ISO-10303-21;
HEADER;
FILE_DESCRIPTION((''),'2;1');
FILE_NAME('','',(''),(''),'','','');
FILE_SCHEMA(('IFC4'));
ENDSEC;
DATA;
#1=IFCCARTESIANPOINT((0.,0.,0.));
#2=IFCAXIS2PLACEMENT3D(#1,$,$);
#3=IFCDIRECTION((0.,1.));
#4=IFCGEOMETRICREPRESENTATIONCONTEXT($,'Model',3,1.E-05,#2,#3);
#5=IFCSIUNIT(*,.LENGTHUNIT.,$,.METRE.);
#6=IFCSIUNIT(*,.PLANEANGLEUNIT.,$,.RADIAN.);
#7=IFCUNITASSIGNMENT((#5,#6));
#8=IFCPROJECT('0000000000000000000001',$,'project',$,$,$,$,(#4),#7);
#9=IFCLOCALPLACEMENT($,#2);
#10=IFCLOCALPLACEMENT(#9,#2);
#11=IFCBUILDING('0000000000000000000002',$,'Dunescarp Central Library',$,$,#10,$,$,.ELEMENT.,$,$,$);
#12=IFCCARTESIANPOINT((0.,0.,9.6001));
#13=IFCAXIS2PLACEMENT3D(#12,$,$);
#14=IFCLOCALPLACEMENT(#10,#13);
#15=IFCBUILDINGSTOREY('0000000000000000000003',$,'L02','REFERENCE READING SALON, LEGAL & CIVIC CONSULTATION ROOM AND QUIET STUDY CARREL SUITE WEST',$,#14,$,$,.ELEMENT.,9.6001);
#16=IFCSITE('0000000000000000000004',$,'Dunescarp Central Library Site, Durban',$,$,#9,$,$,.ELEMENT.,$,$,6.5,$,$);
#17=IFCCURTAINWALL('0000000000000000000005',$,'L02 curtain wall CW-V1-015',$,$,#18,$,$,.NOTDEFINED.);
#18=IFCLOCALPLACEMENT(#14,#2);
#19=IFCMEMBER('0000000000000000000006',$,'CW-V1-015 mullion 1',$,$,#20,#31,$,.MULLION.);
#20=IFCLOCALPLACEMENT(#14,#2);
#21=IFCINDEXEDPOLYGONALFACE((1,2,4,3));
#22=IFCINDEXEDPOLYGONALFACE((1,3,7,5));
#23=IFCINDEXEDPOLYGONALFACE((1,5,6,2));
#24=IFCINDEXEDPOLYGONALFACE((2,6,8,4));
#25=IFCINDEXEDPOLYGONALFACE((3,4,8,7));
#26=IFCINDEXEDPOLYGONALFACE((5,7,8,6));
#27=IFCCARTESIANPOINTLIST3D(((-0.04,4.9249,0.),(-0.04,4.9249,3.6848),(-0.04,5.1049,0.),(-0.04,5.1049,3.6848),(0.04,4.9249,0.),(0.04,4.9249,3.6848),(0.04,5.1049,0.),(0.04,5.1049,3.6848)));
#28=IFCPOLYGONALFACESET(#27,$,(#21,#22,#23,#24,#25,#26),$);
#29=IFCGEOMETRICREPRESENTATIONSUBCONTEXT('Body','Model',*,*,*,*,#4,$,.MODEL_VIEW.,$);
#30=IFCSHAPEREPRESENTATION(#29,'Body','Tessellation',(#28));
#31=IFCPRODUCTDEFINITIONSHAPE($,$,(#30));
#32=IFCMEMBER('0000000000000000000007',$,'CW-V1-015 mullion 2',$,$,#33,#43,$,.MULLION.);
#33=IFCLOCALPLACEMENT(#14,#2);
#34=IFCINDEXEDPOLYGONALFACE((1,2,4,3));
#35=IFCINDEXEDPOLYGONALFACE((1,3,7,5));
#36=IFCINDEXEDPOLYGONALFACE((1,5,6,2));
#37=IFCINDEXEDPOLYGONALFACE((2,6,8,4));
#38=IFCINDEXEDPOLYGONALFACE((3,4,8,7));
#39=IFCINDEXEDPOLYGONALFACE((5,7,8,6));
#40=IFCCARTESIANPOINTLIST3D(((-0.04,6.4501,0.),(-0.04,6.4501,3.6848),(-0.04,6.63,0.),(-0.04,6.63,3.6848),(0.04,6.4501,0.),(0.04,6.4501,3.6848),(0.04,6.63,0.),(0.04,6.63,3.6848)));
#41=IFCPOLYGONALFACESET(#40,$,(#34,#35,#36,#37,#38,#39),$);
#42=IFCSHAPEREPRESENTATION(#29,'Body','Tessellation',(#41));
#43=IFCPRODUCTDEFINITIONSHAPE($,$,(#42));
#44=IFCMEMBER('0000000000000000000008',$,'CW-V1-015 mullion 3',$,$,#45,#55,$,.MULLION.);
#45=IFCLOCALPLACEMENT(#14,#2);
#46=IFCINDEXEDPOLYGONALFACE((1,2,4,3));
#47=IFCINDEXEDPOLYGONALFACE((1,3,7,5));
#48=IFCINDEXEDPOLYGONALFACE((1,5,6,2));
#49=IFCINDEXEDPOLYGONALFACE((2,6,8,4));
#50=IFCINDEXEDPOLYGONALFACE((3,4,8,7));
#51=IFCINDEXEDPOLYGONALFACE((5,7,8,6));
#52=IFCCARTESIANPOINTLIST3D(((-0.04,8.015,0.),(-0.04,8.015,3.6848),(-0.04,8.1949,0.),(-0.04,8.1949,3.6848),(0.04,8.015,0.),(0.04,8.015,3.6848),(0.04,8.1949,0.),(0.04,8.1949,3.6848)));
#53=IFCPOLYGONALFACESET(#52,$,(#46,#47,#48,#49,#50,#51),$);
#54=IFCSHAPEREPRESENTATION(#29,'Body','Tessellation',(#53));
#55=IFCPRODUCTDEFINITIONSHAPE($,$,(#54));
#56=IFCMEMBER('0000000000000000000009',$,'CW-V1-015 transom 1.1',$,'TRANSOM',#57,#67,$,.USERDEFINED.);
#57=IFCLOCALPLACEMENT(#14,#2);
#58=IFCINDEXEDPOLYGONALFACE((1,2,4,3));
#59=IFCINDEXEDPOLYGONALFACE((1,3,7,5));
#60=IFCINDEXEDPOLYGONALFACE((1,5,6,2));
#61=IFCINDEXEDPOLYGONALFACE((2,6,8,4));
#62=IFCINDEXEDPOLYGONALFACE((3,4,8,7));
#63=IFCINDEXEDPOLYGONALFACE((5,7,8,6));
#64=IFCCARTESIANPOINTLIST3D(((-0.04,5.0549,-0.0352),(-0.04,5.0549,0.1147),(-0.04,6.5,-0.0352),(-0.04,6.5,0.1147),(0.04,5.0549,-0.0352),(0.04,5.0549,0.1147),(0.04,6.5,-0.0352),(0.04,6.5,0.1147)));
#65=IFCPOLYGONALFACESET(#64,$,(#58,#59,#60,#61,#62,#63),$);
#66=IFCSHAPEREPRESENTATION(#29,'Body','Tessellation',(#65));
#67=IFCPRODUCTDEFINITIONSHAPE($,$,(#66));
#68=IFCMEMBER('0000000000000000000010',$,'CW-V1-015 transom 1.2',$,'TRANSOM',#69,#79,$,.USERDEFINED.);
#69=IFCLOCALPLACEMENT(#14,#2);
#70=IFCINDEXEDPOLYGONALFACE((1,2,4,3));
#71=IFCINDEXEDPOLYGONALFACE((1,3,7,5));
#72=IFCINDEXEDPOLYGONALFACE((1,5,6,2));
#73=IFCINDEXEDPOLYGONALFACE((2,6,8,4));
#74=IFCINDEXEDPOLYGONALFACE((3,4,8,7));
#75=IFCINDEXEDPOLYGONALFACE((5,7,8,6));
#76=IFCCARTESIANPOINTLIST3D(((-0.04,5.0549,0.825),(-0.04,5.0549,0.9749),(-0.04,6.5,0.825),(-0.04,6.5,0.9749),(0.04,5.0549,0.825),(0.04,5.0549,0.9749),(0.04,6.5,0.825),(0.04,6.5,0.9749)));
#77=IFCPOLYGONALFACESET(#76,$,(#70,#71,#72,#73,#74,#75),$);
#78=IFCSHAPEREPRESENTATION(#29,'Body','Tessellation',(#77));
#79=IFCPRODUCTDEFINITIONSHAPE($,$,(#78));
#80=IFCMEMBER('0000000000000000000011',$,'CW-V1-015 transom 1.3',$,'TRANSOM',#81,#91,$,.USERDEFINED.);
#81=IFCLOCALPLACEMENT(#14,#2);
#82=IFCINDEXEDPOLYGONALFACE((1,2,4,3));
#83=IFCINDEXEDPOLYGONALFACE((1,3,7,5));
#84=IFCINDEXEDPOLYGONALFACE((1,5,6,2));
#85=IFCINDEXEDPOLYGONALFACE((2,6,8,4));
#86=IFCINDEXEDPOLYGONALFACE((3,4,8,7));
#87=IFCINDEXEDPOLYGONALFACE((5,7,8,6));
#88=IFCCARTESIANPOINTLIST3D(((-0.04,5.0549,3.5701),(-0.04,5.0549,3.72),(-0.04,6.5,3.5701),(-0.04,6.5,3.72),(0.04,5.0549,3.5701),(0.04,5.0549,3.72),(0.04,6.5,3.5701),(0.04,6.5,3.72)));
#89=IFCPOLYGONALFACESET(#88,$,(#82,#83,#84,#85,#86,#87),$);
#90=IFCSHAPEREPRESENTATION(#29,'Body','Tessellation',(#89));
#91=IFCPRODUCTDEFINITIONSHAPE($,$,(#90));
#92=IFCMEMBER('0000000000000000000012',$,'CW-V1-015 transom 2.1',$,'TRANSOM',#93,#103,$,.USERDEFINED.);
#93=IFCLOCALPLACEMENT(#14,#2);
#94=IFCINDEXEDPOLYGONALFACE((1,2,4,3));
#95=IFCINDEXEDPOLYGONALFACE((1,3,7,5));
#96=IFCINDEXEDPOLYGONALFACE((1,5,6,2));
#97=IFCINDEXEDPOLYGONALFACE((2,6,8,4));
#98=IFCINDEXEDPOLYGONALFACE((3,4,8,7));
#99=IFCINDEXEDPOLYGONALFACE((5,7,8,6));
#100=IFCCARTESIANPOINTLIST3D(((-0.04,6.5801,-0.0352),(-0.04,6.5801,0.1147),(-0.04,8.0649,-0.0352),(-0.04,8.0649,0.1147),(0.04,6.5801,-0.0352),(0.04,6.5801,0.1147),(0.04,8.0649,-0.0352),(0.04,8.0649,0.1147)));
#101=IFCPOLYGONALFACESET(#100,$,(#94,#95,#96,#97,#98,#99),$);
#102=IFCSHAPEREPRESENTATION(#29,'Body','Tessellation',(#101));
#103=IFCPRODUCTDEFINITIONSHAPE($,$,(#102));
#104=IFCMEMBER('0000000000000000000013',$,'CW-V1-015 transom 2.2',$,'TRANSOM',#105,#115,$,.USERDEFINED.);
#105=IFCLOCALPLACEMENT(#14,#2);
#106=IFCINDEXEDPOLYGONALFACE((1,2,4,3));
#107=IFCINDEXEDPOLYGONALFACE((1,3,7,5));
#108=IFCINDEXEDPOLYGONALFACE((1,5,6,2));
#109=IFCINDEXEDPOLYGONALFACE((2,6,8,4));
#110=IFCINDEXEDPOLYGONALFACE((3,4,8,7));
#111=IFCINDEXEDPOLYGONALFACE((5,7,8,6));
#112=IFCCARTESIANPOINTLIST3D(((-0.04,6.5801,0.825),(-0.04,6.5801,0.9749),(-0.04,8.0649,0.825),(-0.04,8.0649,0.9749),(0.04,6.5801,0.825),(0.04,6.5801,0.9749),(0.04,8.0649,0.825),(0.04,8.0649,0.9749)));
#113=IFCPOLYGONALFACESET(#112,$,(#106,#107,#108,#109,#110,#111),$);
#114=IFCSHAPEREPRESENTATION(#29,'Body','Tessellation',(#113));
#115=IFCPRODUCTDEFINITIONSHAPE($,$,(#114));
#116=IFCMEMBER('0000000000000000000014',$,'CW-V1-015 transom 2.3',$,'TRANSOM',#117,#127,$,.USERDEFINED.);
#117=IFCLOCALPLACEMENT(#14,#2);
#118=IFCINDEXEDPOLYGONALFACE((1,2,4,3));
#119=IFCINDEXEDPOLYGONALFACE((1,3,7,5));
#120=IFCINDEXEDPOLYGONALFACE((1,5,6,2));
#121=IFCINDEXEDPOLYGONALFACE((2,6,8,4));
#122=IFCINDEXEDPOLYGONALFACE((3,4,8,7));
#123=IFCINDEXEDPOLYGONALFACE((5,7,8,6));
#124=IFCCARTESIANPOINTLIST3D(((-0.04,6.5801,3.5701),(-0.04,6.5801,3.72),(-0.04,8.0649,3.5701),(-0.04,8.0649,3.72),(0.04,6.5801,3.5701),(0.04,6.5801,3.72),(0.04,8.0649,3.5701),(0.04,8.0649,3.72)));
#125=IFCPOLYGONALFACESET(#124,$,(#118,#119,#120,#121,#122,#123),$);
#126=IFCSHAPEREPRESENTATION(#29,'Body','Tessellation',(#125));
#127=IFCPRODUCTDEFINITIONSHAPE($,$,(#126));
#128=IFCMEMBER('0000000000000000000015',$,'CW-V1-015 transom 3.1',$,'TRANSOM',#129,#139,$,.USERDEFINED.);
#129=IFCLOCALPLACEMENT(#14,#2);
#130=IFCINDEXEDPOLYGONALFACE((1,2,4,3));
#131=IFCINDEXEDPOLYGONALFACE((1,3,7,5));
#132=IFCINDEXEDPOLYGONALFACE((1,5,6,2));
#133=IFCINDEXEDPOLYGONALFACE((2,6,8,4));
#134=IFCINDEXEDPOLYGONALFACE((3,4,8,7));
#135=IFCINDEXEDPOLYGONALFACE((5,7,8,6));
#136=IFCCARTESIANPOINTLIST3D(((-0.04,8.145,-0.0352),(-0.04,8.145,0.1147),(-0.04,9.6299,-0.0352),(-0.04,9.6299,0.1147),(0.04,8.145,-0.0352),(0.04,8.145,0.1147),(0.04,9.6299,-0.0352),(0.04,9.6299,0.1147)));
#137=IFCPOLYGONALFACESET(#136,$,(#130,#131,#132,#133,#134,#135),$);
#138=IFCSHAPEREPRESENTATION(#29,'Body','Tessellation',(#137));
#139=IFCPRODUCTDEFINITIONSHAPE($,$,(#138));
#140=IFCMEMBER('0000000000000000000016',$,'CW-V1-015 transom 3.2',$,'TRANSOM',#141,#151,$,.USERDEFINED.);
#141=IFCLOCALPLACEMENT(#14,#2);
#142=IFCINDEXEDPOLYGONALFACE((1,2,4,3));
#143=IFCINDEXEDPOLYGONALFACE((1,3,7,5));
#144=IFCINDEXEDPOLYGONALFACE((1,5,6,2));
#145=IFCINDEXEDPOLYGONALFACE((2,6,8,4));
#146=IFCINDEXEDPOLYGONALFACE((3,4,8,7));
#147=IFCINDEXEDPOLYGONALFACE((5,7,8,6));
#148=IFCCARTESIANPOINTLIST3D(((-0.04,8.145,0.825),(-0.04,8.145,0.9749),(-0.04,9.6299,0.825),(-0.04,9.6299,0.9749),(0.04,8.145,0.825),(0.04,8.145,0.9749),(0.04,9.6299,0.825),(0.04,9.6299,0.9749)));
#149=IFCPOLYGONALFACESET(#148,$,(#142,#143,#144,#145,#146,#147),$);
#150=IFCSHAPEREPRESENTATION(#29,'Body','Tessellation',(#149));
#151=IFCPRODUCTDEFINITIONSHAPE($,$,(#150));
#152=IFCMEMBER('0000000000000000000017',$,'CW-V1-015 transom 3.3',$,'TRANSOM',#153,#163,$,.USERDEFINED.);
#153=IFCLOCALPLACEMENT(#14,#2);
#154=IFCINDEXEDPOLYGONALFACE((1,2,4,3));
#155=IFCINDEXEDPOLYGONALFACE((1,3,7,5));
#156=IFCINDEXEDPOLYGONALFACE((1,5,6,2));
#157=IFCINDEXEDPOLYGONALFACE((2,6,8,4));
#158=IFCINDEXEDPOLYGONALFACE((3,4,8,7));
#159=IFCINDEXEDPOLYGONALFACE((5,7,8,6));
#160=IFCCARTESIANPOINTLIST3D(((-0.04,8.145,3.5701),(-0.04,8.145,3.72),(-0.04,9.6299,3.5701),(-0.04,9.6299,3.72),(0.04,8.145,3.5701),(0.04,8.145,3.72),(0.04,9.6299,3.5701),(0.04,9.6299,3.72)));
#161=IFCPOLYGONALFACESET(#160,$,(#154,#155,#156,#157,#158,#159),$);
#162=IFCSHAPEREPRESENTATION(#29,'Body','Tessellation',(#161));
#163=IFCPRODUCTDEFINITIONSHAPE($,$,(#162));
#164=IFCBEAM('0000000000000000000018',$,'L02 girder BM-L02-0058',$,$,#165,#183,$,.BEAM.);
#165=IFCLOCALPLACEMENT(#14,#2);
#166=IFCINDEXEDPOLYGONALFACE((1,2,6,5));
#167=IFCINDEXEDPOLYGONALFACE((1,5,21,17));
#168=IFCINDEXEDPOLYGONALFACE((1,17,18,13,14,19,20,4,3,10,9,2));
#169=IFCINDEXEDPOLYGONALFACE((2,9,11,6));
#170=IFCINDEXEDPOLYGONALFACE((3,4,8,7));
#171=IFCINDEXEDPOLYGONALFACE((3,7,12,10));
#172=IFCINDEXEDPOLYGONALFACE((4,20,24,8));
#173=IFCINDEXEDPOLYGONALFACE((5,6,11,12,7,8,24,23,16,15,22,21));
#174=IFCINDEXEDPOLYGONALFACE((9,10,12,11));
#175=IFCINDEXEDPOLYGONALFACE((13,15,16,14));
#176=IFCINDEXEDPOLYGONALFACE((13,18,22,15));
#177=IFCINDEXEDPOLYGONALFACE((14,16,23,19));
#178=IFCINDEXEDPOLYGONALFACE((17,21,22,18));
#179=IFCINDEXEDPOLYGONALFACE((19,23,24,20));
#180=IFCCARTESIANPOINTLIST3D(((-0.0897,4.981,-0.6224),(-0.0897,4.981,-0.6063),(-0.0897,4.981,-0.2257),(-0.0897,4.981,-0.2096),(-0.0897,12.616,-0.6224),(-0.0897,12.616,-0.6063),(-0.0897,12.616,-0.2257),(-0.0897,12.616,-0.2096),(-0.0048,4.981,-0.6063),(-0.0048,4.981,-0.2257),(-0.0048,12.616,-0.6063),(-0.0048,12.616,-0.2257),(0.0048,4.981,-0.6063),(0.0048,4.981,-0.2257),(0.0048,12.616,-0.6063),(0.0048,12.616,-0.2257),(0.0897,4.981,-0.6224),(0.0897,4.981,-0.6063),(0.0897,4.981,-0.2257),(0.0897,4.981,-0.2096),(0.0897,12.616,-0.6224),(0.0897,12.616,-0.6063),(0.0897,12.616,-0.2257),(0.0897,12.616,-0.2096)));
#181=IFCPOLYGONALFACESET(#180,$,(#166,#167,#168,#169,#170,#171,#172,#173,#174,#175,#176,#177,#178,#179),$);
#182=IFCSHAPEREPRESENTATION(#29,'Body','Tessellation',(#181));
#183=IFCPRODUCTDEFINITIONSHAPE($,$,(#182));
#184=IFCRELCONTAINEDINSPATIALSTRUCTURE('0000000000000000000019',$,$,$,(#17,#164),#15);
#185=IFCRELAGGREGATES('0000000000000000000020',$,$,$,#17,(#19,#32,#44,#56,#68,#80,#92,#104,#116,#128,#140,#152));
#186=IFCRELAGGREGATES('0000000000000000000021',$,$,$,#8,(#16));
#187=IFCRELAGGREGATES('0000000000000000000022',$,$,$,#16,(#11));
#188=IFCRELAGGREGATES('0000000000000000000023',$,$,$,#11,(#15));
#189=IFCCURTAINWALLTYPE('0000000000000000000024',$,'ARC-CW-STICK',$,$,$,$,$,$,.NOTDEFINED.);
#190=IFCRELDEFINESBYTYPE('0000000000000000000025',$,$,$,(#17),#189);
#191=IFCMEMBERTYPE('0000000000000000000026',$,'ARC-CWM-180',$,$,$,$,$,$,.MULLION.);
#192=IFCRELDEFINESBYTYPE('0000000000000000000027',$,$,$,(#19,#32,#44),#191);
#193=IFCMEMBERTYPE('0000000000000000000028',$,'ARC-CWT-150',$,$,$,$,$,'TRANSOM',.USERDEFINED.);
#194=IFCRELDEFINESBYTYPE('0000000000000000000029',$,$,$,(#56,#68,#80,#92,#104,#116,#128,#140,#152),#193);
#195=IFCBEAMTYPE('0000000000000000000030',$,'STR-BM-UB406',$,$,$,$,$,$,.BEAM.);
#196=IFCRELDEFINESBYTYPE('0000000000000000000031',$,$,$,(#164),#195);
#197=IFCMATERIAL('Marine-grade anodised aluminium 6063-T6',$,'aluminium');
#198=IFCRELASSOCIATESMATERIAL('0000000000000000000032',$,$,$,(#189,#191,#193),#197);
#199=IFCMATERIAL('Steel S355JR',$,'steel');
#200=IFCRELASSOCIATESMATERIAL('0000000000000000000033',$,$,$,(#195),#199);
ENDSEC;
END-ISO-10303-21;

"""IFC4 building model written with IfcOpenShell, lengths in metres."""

from ifc_helpers import new_model, si_unit, direction, frame, origin, origin_2d, place, context, subcontext, project, spatial, rectangle, i_section, extrude, material, material_profile, profile_set, type_object, element, aggregate, save


model = new_model("IFC4")

# Units and contexts
model_context = context("Model", 3, precision=1e-05, world=origin(), true_north=direction((0.0, 1.0)))
body_context = subcontext(model_context, "Body", "Model", "MODEL_VIEW")
ifc_project = project(units=[si_unit("LENGTHUNIT", "METRE"), si_unit("PLANEANGLEUNIT", "RADIAN")], contexts=[model_context])

# Site, building, storey
site_placement = place(None, origin())
site = spatial("IfcSite", under=ifc_project, at=site_placement, Name="Dunescarp Central Library Site, Durban", CompositionType="ELEMENT", RefElevation=6.5)
building_placement = place(site_placement, origin())
building = spatial("IfcBuilding", under=site, at=building_placement, Name="Dunescarp Central Library", CompositionType="ELEMENT")
storey_placement = place(building_placement, frame((0.0, 0.0, 9.6001)))
storey = spatial("IfcBuildingStorey", under=building, at=storey_placement, Name="L02", Description="REFERENCE READING SALON, LEGAL & CIVIC CONSULTATION ROOM AND QUIET STUDY CARREL SUITE WEST", CompositionType="ELEMENT", Elevation=9.6001)

# Curtain wall, members
ifc_material_1 = material(Name="Marine-grade anodised aluminium 6063-T6", Category="aluminium")
curtain_wall_type = type_object("IfcCurtainWallType", Name="ARC-CW-STICK", PredefinedType="NOTDEFINED", material=ifc_material_1)
curtain_wall_placement = place(storey_placement, origin())
curtain_wall = element("IfcCurtainWall", 1, at=curtain_wall_placement, inside=storey, type_object=curtain_wall_type, Name="L02 curtain wall CW-V1-015", PredefinedType="NOTDEFINED")
ifc_material_profile_1 = material_profile(ifc_material_1, rectangle(XDim=0.0801, YDim=0.1799, at=origin_2d()), Name="AL 80x180")
ifc_profile_set_1 = profile_set([ifc_material_profile_1], Name="Marine-grade anodised aluminium 6063-T6")
member_type_1 = type_object("IfcMemberType", Name="ARC-CWM-180", PredefinedType="MULLION", material=ifc_profile_set_1)
member_1_placement = place(storey_placement, frame((0.0, 5.0149, 0.0), z_axis=(0.0, 0.0, 1.0), x_axis=(-1.0, 0.0, 0.0)))
member_1 = element("IfcMember", 2, at=member_1_placement, type_object=member_type_1, Name="CW-V1-015 mullion 1", PredefinedType="MULLION", context=body_context, shape_type="SweptSolid", body=[
    extrude(rectangle(XDim=0.0801, YDim=0.1799, at=origin_2d()), origin(), (0.0, 0.0, 1.0), 3.6848),
])
member_2_placement = place(storey_placement, frame((0.0, 6.54, 0.0), z_axis=(0.0, 0.0, 1.0), x_axis=(-1.0, 0.0, 0.0)))
member_2 = element("IfcMember", 3, at=member_2_placement, type_object=member_type_1, Name="CW-V1-015 mullion 2", PredefinedType="MULLION", context=body_context, shape_type="SweptSolid", body=[
    extrude(rectangle(XDim=0.0801, YDim=0.1799, at=origin_2d()), origin(), (0.0, 0.0, 1.0), 3.6848),
])
member_3_placement = place(storey_placement, frame((0.0, 8.105, 0.0), z_axis=(0.0, 0.0, 1.0), x_axis=(-1.0, 0.0, 0.0)))
member_3 = element("IfcMember", 4, at=member_3_placement, type_object=member_type_1, Name="CW-V1-015 mullion 3", PredefinedType="MULLION", context=body_context, shape_type="SweptSolid", body=[
    extrude(rectangle(XDim=0.0801, YDim=0.1799, at=origin_2d()), origin(), (0.0, 0.0, 1.0), 3.6848),
])
ifc_material_profile_2 = material_profile(ifc_material_1, rectangle(XDim=0.0801, YDim=0.1499, at=origin_2d()), Name="AL 80x150")
ifc_profile_set_2 = profile_set([ifc_material_profile_2], Name="Marine-grade anodised aluminium 6063-T6")
member_type_2 = type_object("IfcMemberType", Name="ARC-CWT-150", ElementType="TRANSOM", PredefinedType="USERDEFINED", material=ifc_profile_set_2)
member_4_placement = place(storey_placement, frame((0.0, 5.0549, 0.0398), z_axis=(0.0, 1.0, 0.0), x_axis=(-1.0, 0.0, 0.0)))
member_4 = element("IfcMember", 5, at=member_4_placement, type_object=member_type_2, Name="CW-V1-015 transom 1.1", ObjectType="TRANSOM", PredefinedType="USERDEFINED", context=body_context, shape_type="SweptSolid", body=[
    extrude(rectangle(XDim=0.0801, YDim=0.1499, at=origin_2d()), origin(), (0.0, 0.0, 1.0), 1.4451),
])
member_5_placement = place(storey_placement, frame((0.0, 5.0549, 0.8999), z_axis=(0.0, 1.0, 0.0), x_axis=(-1.0, 0.0, 0.0)))
member_5 = element("IfcMember", 6, at=member_5_placement, type_object=member_type_2, Name="CW-V1-015 transom 1.2", ObjectType="TRANSOM", PredefinedType="USERDEFINED", context=body_context, shape_type="SweptSolid", body=[
    extrude(rectangle(XDim=0.0801, YDim=0.1499, at=origin_2d()), origin(), (0.0, 0.0, 1.0), 1.4451),
])
member_6_placement = place(storey_placement, frame((0.0, 5.0549, 3.645), z_axis=(0.0, 1.0, 0.0), x_axis=(-1.0, 0.0, 0.0)))
member_6 = element("IfcMember", 7, at=member_6_placement, type_object=member_type_2, Name="CW-V1-015 transom 1.3", ObjectType="TRANSOM", PredefinedType="USERDEFINED", context=body_context, shape_type="SweptSolid", body=[
    extrude(rectangle(XDim=0.0801, YDim=0.1499, at=origin_2d()), origin(), (0.0, 0.0, 1.0), 1.4451),
])
member_7_placement = place(storey_placement, frame((0.0, 6.5801, 0.0398), z_axis=(0.0, 1.0, 0.0), x_axis=(-1.0, 0.0, 0.0)))
member_7 = element("IfcMember", 8, at=member_7_placement, type_object=member_type_2, Name="CW-V1-015 transom 2.1", ObjectType="TRANSOM", PredefinedType="USERDEFINED", context=body_context, shape_type="SweptSolid", body=[
    extrude(rectangle(XDim=0.0801, YDim=0.1499, at=origin_2d()), origin(), (0.0, 0.0, 1.0), 1.4849),
])
member_8_placement = place(storey_placement, frame((0.0, 6.5801, 0.8999), z_axis=(0.0, 1.0, 0.0), x_axis=(-1.0, 0.0, 0.0)))
member_8 = element("IfcMember", 9, at=member_8_placement, type_object=member_type_2, Name="CW-V1-015 transom 2.2", ObjectType="TRANSOM", PredefinedType="USERDEFINED", context=body_context, shape_type="SweptSolid", body=[
    extrude(rectangle(XDim=0.0801, YDim=0.1499, at=origin_2d()), origin(), (0.0, 0.0, 1.0), 1.4849),
])
member_9_placement = place(storey_placement, frame((0.0, 6.5801, 3.645), z_axis=(0.0, 1.0, 0.0), x_axis=(-1.0, 0.0, 0.0)))
member_9 = element("IfcMember", 10, at=member_9_placement, type_object=member_type_2, Name="CW-V1-015 transom 2.3", ObjectType="TRANSOM", PredefinedType="USERDEFINED", context=body_context, shape_type="SweptSolid", body=[
    extrude(rectangle(XDim=0.0801, YDim=0.1499, at=origin_2d()), origin(), (0.0, 0.0, 1.0), 1.4849),
])
member_10_placement = place(storey_placement, frame((0.0, 8.145, 0.0398), z_axis=(0.0, 1.0, 0.0), x_axis=(-1.0, 0.0, 0.0)))
member_10 = element("IfcMember", 11, at=member_10_placement, type_object=member_type_2, Name="CW-V1-015 transom 3.1", ObjectType="TRANSOM", PredefinedType="USERDEFINED", context=body_context, shape_type="SweptSolid", body=[
    extrude(rectangle(XDim=0.0801, YDim=0.1499, at=origin_2d()), origin(), (0.0, 0.0, 1.0), 1.4849),
])
member_11_placement = place(storey_placement, frame((0.0, 8.145, 0.8999), z_axis=(0.0, 1.0, 0.0), x_axis=(-1.0, 0.0, 0.0)))
member_11 = element("IfcMember", 12, at=member_11_placement, type_object=member_type_2, Name="CW-V1-015 transom 3.2", ObjectType="TRANSOM", PredefinedType="USERDEFINED", context=body_context, shape_type="SweptSolid", body=[
    extrude(rectangle(XDim=0.0801, YDim=0.1499, at=origin_2d()), origin(), (0.0, 0.0, 1.0), 1.4849),
])
member_12_placement = place(storey_placement, frame((0.0, 8.145, 3.645), z_axis=(0.0, 1.0, 0.0), x_axis=(-1.0, 0.0, 0.0)))
member_12 = element("IfcMember", 13, at=member_12_placement, type_object=member_type_2, Name="CW-V1-015 transom 3.3", ObjectType="TRANSOM", PredefinedType="USERDEFINED", context=body_context, shape_type="SweptSolid", body=[
    extrude(rectangle(XDim=0.0801, YDim=0.1499, at=origin_2d()), origin(), (0.0, 0.0, 1.0), 1.4849),
])

# Beam
ifc_material_2 = material(Name="Steel S355JR", Category="steel")
ifc_material_profile_3 = material_profile(ifc_material_2, i_section(OverallWidth=0.1794, OverallDepth=0.4128, WebThickness=0.0095, FlangeThickness=0.0161, at=origin_2d()), Name="UB 406x178x74")
ifc_profile_set_3 = profile_set([ifc_material_profile_3], Name="Steel S355JR")
beam_type = type_object("IfcBeamType", Name="STR-BM-UB406", PredefinedType="BEAM", material=ifc_profile_set_3)
beam_placement = place(storey_placement, frame((0.0, 4.981, -0.416), z_axis=(0.0, 1.0, 0.0), x_axis=(-1.0, 0.0, 0.0)))
element("IfcBeam", 14, at=beam_placement, inside=storey, type_object=beam_type, Name="L02 girder BM-L02-0058", PredefinedType="BEAM", context=body_context, shape_type="SweptSolid", body=[
    extrude(i_section(OverallWidth=0.1794, OverallDepth=0.4128, WebThickness=0.0095, FlangeThickness=0.0161, at=origin_2d()), origin(), (0.0, 0.0, 1.0), 7.635),
])

aggregate(curtain_wall, [member_1, member_2, member_3, member_4, member_5, member_6, member_7, member_8, member_9, member_10, member_11, member_12])

save(model, "model.ifc")
